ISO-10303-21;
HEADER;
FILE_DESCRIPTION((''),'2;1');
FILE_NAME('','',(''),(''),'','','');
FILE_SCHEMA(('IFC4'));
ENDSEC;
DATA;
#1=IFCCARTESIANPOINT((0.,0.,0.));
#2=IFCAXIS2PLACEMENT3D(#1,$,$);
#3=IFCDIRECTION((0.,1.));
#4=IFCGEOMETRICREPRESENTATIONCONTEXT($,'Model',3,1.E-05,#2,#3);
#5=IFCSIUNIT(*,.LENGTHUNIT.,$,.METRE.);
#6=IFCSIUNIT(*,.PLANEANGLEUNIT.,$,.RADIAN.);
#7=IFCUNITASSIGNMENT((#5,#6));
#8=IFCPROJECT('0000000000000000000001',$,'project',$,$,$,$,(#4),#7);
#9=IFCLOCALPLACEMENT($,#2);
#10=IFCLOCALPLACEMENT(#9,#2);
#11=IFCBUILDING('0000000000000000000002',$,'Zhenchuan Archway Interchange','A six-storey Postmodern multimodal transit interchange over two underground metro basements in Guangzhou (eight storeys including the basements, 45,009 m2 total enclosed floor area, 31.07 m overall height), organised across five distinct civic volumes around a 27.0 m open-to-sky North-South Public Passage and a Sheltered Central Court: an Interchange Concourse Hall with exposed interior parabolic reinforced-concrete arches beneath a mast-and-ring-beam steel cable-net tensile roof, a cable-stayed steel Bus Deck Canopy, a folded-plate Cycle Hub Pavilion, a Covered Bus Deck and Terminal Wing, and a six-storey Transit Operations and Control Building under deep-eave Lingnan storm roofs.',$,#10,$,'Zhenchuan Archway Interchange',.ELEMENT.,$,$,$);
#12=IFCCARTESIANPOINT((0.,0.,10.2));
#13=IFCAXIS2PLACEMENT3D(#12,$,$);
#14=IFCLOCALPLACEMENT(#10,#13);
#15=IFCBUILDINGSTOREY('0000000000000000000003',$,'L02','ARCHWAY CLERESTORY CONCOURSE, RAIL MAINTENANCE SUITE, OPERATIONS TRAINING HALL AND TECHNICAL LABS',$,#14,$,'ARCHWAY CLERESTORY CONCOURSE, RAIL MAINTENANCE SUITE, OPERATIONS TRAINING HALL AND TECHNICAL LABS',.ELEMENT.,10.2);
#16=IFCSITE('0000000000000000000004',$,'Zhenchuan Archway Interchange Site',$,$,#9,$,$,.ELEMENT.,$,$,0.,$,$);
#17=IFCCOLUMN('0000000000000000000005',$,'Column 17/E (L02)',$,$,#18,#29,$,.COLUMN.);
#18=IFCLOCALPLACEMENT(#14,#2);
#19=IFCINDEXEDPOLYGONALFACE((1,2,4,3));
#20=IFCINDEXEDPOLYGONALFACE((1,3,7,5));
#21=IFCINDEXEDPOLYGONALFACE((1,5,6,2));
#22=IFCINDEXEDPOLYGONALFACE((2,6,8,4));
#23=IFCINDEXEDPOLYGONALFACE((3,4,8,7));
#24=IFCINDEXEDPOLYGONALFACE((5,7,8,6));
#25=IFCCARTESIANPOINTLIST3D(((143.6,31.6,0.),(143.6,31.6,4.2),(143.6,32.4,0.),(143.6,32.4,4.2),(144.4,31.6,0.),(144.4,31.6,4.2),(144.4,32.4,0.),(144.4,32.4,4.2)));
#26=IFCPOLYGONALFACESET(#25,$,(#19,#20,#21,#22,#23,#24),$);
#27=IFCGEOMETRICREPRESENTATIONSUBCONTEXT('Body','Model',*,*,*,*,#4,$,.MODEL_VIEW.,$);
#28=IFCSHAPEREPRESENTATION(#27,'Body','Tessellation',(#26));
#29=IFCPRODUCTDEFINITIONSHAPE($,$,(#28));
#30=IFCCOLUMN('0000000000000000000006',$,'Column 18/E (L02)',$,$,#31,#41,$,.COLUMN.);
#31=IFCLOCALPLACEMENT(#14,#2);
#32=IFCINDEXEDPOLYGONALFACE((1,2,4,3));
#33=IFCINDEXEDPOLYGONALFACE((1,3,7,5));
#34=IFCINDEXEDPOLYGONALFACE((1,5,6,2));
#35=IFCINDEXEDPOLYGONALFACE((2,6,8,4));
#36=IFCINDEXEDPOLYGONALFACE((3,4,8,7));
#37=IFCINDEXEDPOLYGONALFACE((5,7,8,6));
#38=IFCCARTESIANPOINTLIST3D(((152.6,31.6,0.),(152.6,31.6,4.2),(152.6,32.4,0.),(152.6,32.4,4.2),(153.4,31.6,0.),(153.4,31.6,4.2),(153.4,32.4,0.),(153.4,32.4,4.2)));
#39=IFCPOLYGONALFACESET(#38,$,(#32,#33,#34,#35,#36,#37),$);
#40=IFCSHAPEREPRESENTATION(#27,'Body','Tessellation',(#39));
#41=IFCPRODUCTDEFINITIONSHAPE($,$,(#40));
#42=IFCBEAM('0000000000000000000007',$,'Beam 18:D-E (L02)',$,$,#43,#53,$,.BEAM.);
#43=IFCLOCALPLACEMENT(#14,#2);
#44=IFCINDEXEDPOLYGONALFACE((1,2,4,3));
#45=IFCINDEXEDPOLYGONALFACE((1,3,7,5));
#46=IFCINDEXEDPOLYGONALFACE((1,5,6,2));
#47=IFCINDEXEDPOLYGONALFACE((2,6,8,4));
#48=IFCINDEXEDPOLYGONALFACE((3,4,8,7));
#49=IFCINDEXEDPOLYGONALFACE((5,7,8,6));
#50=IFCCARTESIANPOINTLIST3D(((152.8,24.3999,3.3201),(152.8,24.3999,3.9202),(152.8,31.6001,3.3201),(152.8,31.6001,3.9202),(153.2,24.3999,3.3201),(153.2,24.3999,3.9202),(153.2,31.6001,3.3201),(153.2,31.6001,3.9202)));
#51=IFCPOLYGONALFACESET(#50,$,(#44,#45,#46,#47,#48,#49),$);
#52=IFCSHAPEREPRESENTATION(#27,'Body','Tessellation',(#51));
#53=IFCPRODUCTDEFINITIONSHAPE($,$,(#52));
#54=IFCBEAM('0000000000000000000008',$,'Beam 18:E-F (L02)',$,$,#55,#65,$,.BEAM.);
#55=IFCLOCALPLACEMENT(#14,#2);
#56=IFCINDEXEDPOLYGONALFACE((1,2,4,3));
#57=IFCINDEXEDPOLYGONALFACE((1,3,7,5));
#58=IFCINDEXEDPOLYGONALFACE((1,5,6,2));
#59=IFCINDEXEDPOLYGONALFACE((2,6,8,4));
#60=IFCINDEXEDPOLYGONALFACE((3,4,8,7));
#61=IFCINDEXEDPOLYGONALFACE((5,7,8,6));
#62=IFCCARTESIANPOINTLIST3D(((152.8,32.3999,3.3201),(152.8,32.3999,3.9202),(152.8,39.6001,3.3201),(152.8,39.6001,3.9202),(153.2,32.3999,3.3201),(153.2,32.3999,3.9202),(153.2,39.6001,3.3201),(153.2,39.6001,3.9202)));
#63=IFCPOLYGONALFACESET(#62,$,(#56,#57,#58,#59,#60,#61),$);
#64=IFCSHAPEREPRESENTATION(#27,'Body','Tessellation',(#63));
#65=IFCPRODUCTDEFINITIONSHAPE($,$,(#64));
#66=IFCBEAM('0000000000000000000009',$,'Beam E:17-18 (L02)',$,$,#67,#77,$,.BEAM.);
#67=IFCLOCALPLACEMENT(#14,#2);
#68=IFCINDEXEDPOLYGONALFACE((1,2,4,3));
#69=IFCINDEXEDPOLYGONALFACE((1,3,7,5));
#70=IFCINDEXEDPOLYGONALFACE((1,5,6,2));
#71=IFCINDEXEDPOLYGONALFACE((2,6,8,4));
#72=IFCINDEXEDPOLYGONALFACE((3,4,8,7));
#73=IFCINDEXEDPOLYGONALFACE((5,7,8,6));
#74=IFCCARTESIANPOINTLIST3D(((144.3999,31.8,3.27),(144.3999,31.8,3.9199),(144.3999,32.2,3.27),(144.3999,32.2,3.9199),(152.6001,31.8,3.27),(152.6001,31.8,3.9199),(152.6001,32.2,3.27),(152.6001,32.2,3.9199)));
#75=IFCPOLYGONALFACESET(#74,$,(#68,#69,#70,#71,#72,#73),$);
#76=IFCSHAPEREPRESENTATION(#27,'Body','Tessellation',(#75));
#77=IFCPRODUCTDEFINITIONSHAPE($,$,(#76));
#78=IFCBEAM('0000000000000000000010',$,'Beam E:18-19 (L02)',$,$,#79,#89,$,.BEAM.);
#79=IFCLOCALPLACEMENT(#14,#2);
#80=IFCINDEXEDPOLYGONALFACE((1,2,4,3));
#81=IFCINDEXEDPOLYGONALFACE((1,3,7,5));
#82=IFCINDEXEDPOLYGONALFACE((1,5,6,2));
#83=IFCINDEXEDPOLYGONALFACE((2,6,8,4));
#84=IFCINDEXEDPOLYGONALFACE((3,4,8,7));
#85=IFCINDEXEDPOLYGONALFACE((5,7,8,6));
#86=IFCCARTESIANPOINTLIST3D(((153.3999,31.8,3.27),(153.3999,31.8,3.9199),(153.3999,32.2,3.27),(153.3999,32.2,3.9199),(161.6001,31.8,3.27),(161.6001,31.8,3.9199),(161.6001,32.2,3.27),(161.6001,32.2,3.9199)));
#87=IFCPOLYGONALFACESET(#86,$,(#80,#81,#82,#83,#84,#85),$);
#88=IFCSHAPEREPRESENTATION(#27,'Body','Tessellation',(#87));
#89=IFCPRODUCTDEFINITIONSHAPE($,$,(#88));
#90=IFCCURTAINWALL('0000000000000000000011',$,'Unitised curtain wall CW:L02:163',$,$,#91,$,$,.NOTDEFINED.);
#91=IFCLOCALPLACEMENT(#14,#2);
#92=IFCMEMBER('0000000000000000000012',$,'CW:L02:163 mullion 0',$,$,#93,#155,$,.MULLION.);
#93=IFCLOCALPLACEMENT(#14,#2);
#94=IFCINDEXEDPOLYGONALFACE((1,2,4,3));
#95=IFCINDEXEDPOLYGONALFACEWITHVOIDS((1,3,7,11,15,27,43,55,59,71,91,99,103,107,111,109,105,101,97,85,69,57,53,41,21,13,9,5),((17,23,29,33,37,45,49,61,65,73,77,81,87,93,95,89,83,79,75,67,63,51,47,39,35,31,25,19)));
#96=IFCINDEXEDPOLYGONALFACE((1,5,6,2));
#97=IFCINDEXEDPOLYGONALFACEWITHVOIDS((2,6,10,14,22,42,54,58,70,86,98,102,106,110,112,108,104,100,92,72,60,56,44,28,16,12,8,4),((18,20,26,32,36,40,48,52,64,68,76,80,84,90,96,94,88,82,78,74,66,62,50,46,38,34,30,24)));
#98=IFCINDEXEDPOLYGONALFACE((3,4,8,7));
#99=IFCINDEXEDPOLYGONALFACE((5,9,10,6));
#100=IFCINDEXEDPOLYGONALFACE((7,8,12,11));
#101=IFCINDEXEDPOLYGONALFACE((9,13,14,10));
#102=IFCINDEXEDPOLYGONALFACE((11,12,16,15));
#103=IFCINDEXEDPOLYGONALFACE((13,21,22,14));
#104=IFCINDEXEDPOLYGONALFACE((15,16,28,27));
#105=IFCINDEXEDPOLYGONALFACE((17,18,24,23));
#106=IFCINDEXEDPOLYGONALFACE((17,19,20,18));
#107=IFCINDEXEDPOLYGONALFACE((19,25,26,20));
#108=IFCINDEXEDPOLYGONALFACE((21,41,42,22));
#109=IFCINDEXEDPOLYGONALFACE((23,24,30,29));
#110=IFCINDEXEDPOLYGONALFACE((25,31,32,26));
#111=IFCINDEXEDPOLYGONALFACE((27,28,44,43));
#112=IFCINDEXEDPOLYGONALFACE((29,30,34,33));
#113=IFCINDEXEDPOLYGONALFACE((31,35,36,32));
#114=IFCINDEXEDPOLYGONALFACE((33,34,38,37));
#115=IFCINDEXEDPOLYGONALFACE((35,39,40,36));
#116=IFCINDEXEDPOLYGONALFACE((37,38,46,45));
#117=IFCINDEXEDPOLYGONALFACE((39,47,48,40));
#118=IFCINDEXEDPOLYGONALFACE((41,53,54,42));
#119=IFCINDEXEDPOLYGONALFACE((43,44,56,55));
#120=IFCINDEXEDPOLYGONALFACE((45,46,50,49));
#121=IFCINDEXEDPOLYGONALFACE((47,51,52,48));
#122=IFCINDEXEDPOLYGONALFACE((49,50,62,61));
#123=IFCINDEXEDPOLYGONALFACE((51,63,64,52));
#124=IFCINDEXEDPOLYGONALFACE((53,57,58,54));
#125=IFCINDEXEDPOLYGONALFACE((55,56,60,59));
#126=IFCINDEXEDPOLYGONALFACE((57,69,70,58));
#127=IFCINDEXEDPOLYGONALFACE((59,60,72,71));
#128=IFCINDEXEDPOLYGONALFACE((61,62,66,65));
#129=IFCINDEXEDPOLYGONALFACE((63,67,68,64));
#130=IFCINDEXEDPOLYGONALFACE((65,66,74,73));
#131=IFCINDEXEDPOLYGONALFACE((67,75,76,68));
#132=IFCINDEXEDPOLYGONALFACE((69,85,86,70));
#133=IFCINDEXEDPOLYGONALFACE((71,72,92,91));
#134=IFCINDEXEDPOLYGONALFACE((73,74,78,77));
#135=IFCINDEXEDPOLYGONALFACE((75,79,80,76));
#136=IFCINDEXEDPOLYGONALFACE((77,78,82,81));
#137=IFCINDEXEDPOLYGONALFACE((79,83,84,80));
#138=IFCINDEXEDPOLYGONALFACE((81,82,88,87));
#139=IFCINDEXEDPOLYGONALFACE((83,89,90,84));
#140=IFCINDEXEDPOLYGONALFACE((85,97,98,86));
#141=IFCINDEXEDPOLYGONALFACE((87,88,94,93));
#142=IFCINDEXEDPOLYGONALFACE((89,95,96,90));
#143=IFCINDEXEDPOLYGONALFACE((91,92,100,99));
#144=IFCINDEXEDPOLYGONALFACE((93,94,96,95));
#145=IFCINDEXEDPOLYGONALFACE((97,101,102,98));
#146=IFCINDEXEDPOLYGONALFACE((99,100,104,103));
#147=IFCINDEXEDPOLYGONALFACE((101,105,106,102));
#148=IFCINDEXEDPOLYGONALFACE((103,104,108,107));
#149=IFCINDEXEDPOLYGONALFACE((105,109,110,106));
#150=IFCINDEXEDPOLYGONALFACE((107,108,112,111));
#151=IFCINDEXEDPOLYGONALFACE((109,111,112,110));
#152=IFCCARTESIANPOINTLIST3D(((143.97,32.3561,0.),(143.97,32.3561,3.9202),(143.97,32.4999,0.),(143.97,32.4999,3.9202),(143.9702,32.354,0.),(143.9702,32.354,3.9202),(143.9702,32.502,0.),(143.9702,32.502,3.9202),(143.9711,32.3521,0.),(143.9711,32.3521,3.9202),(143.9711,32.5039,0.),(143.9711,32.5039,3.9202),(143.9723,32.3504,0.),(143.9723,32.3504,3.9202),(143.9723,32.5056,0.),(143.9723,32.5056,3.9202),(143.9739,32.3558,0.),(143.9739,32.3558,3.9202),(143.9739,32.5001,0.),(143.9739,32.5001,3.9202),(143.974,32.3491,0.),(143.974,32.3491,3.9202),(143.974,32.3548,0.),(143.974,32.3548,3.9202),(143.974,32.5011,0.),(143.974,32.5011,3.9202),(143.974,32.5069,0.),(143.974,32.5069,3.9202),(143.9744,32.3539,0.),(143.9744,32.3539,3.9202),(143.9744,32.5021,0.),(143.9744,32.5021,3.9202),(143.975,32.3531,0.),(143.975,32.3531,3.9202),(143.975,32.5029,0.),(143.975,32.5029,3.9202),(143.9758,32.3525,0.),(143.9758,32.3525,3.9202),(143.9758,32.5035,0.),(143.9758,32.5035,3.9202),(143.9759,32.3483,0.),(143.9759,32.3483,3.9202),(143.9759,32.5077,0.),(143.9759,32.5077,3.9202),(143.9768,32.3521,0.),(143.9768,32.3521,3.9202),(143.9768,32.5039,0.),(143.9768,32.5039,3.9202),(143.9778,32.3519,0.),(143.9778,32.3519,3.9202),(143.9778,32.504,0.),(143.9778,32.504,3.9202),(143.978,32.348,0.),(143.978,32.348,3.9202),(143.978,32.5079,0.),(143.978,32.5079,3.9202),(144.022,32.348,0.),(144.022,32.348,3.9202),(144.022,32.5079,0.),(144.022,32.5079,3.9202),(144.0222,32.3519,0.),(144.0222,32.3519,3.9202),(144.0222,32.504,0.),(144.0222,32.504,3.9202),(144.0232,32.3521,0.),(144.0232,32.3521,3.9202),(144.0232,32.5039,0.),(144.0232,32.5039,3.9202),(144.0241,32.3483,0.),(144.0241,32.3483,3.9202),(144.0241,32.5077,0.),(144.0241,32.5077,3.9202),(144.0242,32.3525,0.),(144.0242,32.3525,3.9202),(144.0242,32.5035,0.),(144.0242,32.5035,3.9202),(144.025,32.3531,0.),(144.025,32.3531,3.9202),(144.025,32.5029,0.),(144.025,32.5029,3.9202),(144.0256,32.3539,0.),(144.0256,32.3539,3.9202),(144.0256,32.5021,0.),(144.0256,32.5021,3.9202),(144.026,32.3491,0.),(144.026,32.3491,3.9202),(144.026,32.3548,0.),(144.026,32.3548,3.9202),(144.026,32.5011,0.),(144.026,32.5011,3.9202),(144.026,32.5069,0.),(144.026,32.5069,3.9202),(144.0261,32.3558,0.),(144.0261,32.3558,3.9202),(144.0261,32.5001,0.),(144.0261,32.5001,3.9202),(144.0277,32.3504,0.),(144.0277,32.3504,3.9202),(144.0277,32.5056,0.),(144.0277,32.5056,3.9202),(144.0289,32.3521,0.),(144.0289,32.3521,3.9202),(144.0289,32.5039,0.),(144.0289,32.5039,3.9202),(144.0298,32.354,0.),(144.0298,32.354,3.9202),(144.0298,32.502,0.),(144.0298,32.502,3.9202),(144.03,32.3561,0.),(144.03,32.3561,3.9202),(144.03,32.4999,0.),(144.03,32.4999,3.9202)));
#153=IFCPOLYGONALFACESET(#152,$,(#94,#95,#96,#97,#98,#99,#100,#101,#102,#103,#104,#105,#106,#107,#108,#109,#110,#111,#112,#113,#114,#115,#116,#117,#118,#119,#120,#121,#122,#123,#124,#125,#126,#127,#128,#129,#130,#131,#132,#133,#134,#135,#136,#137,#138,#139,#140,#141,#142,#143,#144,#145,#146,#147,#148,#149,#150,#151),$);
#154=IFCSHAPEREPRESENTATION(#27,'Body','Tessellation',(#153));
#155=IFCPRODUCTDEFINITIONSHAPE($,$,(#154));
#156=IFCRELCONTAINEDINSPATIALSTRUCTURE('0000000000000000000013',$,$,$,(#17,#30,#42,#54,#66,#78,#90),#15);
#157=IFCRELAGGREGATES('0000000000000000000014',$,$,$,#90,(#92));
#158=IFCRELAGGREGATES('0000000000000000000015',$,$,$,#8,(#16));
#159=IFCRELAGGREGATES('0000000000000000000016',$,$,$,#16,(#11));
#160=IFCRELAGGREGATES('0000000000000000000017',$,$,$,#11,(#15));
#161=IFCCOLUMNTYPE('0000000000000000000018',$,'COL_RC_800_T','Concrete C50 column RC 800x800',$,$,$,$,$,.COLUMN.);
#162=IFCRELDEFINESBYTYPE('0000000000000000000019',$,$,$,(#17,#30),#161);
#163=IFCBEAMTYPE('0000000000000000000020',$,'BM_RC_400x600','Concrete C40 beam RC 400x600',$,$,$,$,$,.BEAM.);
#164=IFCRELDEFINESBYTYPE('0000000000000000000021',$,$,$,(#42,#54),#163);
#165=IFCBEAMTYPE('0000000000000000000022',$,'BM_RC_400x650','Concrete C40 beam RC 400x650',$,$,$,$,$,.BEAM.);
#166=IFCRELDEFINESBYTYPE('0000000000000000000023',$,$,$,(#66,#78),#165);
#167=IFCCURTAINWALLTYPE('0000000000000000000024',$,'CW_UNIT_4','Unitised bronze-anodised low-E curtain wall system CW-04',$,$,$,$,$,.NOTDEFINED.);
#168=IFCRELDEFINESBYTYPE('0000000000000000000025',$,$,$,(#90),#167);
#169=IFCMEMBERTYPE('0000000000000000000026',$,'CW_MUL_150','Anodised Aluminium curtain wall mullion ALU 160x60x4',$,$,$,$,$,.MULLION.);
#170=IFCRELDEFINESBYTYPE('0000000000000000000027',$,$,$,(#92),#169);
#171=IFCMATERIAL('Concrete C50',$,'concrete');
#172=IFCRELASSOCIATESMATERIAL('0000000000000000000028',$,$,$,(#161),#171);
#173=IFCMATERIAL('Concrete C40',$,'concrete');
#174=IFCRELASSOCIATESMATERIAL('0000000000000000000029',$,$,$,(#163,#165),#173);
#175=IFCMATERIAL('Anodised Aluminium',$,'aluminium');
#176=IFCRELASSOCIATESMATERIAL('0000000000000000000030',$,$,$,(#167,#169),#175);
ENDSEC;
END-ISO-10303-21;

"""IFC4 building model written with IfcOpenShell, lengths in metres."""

from ifc_helpers import new_model, si_unit, direction, frame, origin, origin_2d, place, context, subcontext, project, spatial, rectangle, hollow_rectangle, extrude, material, material_profile, profile_set, type_object, element, aggregate, save


model = new_model("IFC4")

# Units and contexts
model_context = context("Model", 3, precision=1e-05, world=origin(), true_north=direction((0.0, 1.0)))
body_context = subcontext(model_context, "Body", "Model", "MODEL_VIEW")
ifc_project = project(units=[si_unit("LENGTHUNIT", "METRE"), si_unit("PLANEANGLEUNIT", "RADIAN")], contexts=[model_context])

# Site, building, storey
site_placement = place(None, origin())
site = spatial("IfcSite", under=ifc_project, at=site_placement, Name="Zhenchuan Archway Interchange Site", CompositionType="ELEMENT", RefElevation=0.0)
building_placement = place(site_placement, origin())
building = spatial("IfcBuilding", under=site, at=building_placement, Name="Zhenchuan Archway Interchange", Description="A six-storey Postmodern multimodal transit interchange over two underground metro basements in Guangzhou (eight storeys including the basements, 45,009 m2 total enclosed floor area, 31.07 m overall height), organised across five distinct civic volumes around a 27.0 m open-to-sky North-South Public Passage and a Sheltered Central Court: an Interchange Concourse Hall with exposed interior parabolic reinforced-concrete arches beneath a mast-and-ring-beam steel cable-net tensile roof, a cable-stayed steel Bus Deck Canopy, a folded-plate Cycle Hub Pavilion, a Covered Bus Deck and Terminal Wing, and a six-storey Transit Operations and Control Building under deep-eave Lingnan storm roofs.", LongName="Zhenchuan Archway Interchange", CompositionType="ELEMENT")
storey_placement = place(building_placement, frame((0.0, 0.0, 10.2)))
storey = spatial("IfcBuildingStorey", under=building, at=storey_placement, Name="L02", Description="ARCHWAY CLERESTORY CONCOURSE, RAIL MAINTENANCE SUITE, OPERATIONS TRAINING HALL AND TECHNICAL LABS", LongName="ARCHWAY CLERESTORY CONCOURSE, RAIL MAINTENANCE SUITE, OPERATIONS TRAINING HALL AND TECHNICAL LABS", CompositionType="ELEMENT", Elevation=10.2)

# Columns
ifc_material_1 = material(Name="Concrete C50", Category="concrete")
ifc_material_profile_1 = material_profile(ifc_material_1, rectangle(XDim=0.8, YDim=0.8, at=origin_2d()), Name="RC 800x800")
ifc_profile_set_1 = profile_set([ifc_material_profile_1], Name="Concrete C50")
column_type = type_object("IfcColumnType", Name="COL_RC_800_T", Description="Concrete C50 column RC 800x800", PredefinedType="COLUMN", material=ifc_profile_set_1)
for number, where, z_axis, x_axis, name in (
    (1, (144.0, 32.0, 0.0), (0.0, 0.0, 1.0), (1.0, 0.0, 0.0), "Column 17/E (L02)"),
    (2, (153.0, 32.0, 0.0), (0.0, 0.0, 1.0), (1.0, 0.0, 0.0), "Column 18/E (L02)"),
):
    element("IfcColumn", number, at=place(storey_placement, frame(where, z_axis=z_axis, x_axis=x_axis)), inside=storey, type_object=column_type, Name=name, PredefinedType="COLUMN", context=body_context, shape_type="SweptSolid", body=[
        extrude(rectangle(XDim=0.8, YDim=0.8, at=origin_2d()), origin(), (0.0, 0.0, 1.0), 4.2),
    ])

# Beams
ifc_material_2 = material(Name="Concrete C40", Category="concrete")
ifc_material_profile_2 = material_profile(ifc_material_2, rectangle(XDim=0.3999, YDim=0.6001, at=origin_2d()), Name="RC 400x600")
ifc_profile_set_2 = profile_set([ifc_material_profile_2], Name="Concrete C40")
beam_type_1 = type_object("IfcBeamType", Name="BM_RC_400x600", Description="Concrete C40 beam RC 400x600", PredefinedType="BEAM", material=ifc_profile_set_2)
for number, where, z_axis, x_axis, name in (
    (3, (153.0, 24.3999, 3.6201), (0.0, 1.0, 0.0), (-1.0, 0.0, 0.0), "Beam 18:D-E (L02)"),
    (4, (153.0, 32.3999, 3.6201), (0.0, 1.0, 0.0), (-1.0, 0.0, 0.0), "Beam 18:E-F (L02)"),
):
    element("IfcBeam", number, at=place(storey_placement, frame(where, z_axis=z_axis, x_axis=x_axis)), inside=storey, type_object=beam_type_1, Name=name, PredefinedType="BEAM", context=body_context, shape_type="SweptSolid", body=[
        extrude(rectangle(XDim=0.3999, YDim=0.6001, at=origin_2d()), origin(), (0.0, 0.0, 1.0), 7.2002),
    ])
ifc_material_profile_3 = material_profile(ifc_material_2, rectangle(XDim=0.3999, YDim=0.6499, at=origin_2d()), Name="RC 400x650")
ifc_profile_set_3 = profile_set([ifc_material_profile_3], Name="Concrete C40")
beam_type_2 = type_object("IfcBeamType", Name="BM_RC_400x650", Description="Concrete C40 beam RC 400x650", PredefinedType="BEAM", material=ifc_profile_set_3)
for number, where, z_axis, x_axis, name in (
    (5, (144.3999, 32.0, 3.595), (1.0, 0.0, 0.0), (0.0, 1.0, 0.0), "Beam E:17-18 (L02)"),
    (6, (153.3999, 32.0, 3.595), (1.0, 0.0, 0.0), (0.0, 1.0, 0.0), "Beam E:18-19 (L02)"),
):
    element("IfcBeam", number, at=place(storey_placement, frame(where, z_axis=z_axis, x_axis=x_axis)), inside=storey, type_object=beam_type_2, Name=name, PredefinedType="BEAM", context=body_context, shape_type="SweptSolid", body=[
        extrude(rectangle(XDim=0.3999, YDim=0.6499, at=origin_2d()), origin(), (0.0, 0.0, 1.0), 8.2002),
    ])

# Curtain wall, member
ifc_material_3 = material(Name="Anodised Aluminium", Category="aluminium")
curtain_wall_type = type_object("IfcCurtainWallType", Name="CW_UNIT_4", Description="Unitised bronze-anodised low-E curtain wall system CW-04", PredefinedType="NOTDEFINED", material=ifc_material_3)
curtain_wall_placement = place(storey_placement, origin())
curtain_wall = element("IfcCurtainWall", 7, at=curtain_wall_placement, inside=storey, type_object=curtain_wall_type, Name="Unitised curtain wall CW:L02:163", PredefinedType="NOTDEFINED")
ifc_material_profile_4 = material_profile(ifc_material_3, hollow_rectangle(XDim=0.0601, YDim=0.1599, WallThickness=0.0039, InnerFilletRadius=0.0039, OuterFilletRadius=0.0081, at=origin_2d()), Name="ALU 160x60x4")
ifc_profile_set_4 = profile_set([ifc_material_profile_4], Name="Anodised Aluminium")
member_type_1 = type_object("IfcMemberType", Name="CW_MUL_150", Description="Anodised Aluminium curtain wall mullion ALU 160x60x4", PredefinedType="MULLION", material=ifc_profile_set_4)
member_1_placement = place(storey_placement, frame((144.0, 32.428, 0.0), z_axis=(0.0, 0.0, 1.0), x_axis=(1.0, 0.0, 0.0)))
member_1 = element("IfcMember", 8, at=member_1_placement, type_object=member_type_1, Name="CW:L02:163 mullion 0", PredefinedType="MULLION", context=body_context, shape_type="SweptSolid", body=[
    extrude(hollow_rectangle(XDim=0.0601, YDim=0.1599, WallThickness=0.0039, InnerFilletRadius=0.0039, OuterFilletRadius=0.0081, at=origin_2d()), origin(), (0.0, 0.0, 1.0), 3.9202),
])

aggregate(curtain_wall, [member_1])

save(model, "model.ifc")
